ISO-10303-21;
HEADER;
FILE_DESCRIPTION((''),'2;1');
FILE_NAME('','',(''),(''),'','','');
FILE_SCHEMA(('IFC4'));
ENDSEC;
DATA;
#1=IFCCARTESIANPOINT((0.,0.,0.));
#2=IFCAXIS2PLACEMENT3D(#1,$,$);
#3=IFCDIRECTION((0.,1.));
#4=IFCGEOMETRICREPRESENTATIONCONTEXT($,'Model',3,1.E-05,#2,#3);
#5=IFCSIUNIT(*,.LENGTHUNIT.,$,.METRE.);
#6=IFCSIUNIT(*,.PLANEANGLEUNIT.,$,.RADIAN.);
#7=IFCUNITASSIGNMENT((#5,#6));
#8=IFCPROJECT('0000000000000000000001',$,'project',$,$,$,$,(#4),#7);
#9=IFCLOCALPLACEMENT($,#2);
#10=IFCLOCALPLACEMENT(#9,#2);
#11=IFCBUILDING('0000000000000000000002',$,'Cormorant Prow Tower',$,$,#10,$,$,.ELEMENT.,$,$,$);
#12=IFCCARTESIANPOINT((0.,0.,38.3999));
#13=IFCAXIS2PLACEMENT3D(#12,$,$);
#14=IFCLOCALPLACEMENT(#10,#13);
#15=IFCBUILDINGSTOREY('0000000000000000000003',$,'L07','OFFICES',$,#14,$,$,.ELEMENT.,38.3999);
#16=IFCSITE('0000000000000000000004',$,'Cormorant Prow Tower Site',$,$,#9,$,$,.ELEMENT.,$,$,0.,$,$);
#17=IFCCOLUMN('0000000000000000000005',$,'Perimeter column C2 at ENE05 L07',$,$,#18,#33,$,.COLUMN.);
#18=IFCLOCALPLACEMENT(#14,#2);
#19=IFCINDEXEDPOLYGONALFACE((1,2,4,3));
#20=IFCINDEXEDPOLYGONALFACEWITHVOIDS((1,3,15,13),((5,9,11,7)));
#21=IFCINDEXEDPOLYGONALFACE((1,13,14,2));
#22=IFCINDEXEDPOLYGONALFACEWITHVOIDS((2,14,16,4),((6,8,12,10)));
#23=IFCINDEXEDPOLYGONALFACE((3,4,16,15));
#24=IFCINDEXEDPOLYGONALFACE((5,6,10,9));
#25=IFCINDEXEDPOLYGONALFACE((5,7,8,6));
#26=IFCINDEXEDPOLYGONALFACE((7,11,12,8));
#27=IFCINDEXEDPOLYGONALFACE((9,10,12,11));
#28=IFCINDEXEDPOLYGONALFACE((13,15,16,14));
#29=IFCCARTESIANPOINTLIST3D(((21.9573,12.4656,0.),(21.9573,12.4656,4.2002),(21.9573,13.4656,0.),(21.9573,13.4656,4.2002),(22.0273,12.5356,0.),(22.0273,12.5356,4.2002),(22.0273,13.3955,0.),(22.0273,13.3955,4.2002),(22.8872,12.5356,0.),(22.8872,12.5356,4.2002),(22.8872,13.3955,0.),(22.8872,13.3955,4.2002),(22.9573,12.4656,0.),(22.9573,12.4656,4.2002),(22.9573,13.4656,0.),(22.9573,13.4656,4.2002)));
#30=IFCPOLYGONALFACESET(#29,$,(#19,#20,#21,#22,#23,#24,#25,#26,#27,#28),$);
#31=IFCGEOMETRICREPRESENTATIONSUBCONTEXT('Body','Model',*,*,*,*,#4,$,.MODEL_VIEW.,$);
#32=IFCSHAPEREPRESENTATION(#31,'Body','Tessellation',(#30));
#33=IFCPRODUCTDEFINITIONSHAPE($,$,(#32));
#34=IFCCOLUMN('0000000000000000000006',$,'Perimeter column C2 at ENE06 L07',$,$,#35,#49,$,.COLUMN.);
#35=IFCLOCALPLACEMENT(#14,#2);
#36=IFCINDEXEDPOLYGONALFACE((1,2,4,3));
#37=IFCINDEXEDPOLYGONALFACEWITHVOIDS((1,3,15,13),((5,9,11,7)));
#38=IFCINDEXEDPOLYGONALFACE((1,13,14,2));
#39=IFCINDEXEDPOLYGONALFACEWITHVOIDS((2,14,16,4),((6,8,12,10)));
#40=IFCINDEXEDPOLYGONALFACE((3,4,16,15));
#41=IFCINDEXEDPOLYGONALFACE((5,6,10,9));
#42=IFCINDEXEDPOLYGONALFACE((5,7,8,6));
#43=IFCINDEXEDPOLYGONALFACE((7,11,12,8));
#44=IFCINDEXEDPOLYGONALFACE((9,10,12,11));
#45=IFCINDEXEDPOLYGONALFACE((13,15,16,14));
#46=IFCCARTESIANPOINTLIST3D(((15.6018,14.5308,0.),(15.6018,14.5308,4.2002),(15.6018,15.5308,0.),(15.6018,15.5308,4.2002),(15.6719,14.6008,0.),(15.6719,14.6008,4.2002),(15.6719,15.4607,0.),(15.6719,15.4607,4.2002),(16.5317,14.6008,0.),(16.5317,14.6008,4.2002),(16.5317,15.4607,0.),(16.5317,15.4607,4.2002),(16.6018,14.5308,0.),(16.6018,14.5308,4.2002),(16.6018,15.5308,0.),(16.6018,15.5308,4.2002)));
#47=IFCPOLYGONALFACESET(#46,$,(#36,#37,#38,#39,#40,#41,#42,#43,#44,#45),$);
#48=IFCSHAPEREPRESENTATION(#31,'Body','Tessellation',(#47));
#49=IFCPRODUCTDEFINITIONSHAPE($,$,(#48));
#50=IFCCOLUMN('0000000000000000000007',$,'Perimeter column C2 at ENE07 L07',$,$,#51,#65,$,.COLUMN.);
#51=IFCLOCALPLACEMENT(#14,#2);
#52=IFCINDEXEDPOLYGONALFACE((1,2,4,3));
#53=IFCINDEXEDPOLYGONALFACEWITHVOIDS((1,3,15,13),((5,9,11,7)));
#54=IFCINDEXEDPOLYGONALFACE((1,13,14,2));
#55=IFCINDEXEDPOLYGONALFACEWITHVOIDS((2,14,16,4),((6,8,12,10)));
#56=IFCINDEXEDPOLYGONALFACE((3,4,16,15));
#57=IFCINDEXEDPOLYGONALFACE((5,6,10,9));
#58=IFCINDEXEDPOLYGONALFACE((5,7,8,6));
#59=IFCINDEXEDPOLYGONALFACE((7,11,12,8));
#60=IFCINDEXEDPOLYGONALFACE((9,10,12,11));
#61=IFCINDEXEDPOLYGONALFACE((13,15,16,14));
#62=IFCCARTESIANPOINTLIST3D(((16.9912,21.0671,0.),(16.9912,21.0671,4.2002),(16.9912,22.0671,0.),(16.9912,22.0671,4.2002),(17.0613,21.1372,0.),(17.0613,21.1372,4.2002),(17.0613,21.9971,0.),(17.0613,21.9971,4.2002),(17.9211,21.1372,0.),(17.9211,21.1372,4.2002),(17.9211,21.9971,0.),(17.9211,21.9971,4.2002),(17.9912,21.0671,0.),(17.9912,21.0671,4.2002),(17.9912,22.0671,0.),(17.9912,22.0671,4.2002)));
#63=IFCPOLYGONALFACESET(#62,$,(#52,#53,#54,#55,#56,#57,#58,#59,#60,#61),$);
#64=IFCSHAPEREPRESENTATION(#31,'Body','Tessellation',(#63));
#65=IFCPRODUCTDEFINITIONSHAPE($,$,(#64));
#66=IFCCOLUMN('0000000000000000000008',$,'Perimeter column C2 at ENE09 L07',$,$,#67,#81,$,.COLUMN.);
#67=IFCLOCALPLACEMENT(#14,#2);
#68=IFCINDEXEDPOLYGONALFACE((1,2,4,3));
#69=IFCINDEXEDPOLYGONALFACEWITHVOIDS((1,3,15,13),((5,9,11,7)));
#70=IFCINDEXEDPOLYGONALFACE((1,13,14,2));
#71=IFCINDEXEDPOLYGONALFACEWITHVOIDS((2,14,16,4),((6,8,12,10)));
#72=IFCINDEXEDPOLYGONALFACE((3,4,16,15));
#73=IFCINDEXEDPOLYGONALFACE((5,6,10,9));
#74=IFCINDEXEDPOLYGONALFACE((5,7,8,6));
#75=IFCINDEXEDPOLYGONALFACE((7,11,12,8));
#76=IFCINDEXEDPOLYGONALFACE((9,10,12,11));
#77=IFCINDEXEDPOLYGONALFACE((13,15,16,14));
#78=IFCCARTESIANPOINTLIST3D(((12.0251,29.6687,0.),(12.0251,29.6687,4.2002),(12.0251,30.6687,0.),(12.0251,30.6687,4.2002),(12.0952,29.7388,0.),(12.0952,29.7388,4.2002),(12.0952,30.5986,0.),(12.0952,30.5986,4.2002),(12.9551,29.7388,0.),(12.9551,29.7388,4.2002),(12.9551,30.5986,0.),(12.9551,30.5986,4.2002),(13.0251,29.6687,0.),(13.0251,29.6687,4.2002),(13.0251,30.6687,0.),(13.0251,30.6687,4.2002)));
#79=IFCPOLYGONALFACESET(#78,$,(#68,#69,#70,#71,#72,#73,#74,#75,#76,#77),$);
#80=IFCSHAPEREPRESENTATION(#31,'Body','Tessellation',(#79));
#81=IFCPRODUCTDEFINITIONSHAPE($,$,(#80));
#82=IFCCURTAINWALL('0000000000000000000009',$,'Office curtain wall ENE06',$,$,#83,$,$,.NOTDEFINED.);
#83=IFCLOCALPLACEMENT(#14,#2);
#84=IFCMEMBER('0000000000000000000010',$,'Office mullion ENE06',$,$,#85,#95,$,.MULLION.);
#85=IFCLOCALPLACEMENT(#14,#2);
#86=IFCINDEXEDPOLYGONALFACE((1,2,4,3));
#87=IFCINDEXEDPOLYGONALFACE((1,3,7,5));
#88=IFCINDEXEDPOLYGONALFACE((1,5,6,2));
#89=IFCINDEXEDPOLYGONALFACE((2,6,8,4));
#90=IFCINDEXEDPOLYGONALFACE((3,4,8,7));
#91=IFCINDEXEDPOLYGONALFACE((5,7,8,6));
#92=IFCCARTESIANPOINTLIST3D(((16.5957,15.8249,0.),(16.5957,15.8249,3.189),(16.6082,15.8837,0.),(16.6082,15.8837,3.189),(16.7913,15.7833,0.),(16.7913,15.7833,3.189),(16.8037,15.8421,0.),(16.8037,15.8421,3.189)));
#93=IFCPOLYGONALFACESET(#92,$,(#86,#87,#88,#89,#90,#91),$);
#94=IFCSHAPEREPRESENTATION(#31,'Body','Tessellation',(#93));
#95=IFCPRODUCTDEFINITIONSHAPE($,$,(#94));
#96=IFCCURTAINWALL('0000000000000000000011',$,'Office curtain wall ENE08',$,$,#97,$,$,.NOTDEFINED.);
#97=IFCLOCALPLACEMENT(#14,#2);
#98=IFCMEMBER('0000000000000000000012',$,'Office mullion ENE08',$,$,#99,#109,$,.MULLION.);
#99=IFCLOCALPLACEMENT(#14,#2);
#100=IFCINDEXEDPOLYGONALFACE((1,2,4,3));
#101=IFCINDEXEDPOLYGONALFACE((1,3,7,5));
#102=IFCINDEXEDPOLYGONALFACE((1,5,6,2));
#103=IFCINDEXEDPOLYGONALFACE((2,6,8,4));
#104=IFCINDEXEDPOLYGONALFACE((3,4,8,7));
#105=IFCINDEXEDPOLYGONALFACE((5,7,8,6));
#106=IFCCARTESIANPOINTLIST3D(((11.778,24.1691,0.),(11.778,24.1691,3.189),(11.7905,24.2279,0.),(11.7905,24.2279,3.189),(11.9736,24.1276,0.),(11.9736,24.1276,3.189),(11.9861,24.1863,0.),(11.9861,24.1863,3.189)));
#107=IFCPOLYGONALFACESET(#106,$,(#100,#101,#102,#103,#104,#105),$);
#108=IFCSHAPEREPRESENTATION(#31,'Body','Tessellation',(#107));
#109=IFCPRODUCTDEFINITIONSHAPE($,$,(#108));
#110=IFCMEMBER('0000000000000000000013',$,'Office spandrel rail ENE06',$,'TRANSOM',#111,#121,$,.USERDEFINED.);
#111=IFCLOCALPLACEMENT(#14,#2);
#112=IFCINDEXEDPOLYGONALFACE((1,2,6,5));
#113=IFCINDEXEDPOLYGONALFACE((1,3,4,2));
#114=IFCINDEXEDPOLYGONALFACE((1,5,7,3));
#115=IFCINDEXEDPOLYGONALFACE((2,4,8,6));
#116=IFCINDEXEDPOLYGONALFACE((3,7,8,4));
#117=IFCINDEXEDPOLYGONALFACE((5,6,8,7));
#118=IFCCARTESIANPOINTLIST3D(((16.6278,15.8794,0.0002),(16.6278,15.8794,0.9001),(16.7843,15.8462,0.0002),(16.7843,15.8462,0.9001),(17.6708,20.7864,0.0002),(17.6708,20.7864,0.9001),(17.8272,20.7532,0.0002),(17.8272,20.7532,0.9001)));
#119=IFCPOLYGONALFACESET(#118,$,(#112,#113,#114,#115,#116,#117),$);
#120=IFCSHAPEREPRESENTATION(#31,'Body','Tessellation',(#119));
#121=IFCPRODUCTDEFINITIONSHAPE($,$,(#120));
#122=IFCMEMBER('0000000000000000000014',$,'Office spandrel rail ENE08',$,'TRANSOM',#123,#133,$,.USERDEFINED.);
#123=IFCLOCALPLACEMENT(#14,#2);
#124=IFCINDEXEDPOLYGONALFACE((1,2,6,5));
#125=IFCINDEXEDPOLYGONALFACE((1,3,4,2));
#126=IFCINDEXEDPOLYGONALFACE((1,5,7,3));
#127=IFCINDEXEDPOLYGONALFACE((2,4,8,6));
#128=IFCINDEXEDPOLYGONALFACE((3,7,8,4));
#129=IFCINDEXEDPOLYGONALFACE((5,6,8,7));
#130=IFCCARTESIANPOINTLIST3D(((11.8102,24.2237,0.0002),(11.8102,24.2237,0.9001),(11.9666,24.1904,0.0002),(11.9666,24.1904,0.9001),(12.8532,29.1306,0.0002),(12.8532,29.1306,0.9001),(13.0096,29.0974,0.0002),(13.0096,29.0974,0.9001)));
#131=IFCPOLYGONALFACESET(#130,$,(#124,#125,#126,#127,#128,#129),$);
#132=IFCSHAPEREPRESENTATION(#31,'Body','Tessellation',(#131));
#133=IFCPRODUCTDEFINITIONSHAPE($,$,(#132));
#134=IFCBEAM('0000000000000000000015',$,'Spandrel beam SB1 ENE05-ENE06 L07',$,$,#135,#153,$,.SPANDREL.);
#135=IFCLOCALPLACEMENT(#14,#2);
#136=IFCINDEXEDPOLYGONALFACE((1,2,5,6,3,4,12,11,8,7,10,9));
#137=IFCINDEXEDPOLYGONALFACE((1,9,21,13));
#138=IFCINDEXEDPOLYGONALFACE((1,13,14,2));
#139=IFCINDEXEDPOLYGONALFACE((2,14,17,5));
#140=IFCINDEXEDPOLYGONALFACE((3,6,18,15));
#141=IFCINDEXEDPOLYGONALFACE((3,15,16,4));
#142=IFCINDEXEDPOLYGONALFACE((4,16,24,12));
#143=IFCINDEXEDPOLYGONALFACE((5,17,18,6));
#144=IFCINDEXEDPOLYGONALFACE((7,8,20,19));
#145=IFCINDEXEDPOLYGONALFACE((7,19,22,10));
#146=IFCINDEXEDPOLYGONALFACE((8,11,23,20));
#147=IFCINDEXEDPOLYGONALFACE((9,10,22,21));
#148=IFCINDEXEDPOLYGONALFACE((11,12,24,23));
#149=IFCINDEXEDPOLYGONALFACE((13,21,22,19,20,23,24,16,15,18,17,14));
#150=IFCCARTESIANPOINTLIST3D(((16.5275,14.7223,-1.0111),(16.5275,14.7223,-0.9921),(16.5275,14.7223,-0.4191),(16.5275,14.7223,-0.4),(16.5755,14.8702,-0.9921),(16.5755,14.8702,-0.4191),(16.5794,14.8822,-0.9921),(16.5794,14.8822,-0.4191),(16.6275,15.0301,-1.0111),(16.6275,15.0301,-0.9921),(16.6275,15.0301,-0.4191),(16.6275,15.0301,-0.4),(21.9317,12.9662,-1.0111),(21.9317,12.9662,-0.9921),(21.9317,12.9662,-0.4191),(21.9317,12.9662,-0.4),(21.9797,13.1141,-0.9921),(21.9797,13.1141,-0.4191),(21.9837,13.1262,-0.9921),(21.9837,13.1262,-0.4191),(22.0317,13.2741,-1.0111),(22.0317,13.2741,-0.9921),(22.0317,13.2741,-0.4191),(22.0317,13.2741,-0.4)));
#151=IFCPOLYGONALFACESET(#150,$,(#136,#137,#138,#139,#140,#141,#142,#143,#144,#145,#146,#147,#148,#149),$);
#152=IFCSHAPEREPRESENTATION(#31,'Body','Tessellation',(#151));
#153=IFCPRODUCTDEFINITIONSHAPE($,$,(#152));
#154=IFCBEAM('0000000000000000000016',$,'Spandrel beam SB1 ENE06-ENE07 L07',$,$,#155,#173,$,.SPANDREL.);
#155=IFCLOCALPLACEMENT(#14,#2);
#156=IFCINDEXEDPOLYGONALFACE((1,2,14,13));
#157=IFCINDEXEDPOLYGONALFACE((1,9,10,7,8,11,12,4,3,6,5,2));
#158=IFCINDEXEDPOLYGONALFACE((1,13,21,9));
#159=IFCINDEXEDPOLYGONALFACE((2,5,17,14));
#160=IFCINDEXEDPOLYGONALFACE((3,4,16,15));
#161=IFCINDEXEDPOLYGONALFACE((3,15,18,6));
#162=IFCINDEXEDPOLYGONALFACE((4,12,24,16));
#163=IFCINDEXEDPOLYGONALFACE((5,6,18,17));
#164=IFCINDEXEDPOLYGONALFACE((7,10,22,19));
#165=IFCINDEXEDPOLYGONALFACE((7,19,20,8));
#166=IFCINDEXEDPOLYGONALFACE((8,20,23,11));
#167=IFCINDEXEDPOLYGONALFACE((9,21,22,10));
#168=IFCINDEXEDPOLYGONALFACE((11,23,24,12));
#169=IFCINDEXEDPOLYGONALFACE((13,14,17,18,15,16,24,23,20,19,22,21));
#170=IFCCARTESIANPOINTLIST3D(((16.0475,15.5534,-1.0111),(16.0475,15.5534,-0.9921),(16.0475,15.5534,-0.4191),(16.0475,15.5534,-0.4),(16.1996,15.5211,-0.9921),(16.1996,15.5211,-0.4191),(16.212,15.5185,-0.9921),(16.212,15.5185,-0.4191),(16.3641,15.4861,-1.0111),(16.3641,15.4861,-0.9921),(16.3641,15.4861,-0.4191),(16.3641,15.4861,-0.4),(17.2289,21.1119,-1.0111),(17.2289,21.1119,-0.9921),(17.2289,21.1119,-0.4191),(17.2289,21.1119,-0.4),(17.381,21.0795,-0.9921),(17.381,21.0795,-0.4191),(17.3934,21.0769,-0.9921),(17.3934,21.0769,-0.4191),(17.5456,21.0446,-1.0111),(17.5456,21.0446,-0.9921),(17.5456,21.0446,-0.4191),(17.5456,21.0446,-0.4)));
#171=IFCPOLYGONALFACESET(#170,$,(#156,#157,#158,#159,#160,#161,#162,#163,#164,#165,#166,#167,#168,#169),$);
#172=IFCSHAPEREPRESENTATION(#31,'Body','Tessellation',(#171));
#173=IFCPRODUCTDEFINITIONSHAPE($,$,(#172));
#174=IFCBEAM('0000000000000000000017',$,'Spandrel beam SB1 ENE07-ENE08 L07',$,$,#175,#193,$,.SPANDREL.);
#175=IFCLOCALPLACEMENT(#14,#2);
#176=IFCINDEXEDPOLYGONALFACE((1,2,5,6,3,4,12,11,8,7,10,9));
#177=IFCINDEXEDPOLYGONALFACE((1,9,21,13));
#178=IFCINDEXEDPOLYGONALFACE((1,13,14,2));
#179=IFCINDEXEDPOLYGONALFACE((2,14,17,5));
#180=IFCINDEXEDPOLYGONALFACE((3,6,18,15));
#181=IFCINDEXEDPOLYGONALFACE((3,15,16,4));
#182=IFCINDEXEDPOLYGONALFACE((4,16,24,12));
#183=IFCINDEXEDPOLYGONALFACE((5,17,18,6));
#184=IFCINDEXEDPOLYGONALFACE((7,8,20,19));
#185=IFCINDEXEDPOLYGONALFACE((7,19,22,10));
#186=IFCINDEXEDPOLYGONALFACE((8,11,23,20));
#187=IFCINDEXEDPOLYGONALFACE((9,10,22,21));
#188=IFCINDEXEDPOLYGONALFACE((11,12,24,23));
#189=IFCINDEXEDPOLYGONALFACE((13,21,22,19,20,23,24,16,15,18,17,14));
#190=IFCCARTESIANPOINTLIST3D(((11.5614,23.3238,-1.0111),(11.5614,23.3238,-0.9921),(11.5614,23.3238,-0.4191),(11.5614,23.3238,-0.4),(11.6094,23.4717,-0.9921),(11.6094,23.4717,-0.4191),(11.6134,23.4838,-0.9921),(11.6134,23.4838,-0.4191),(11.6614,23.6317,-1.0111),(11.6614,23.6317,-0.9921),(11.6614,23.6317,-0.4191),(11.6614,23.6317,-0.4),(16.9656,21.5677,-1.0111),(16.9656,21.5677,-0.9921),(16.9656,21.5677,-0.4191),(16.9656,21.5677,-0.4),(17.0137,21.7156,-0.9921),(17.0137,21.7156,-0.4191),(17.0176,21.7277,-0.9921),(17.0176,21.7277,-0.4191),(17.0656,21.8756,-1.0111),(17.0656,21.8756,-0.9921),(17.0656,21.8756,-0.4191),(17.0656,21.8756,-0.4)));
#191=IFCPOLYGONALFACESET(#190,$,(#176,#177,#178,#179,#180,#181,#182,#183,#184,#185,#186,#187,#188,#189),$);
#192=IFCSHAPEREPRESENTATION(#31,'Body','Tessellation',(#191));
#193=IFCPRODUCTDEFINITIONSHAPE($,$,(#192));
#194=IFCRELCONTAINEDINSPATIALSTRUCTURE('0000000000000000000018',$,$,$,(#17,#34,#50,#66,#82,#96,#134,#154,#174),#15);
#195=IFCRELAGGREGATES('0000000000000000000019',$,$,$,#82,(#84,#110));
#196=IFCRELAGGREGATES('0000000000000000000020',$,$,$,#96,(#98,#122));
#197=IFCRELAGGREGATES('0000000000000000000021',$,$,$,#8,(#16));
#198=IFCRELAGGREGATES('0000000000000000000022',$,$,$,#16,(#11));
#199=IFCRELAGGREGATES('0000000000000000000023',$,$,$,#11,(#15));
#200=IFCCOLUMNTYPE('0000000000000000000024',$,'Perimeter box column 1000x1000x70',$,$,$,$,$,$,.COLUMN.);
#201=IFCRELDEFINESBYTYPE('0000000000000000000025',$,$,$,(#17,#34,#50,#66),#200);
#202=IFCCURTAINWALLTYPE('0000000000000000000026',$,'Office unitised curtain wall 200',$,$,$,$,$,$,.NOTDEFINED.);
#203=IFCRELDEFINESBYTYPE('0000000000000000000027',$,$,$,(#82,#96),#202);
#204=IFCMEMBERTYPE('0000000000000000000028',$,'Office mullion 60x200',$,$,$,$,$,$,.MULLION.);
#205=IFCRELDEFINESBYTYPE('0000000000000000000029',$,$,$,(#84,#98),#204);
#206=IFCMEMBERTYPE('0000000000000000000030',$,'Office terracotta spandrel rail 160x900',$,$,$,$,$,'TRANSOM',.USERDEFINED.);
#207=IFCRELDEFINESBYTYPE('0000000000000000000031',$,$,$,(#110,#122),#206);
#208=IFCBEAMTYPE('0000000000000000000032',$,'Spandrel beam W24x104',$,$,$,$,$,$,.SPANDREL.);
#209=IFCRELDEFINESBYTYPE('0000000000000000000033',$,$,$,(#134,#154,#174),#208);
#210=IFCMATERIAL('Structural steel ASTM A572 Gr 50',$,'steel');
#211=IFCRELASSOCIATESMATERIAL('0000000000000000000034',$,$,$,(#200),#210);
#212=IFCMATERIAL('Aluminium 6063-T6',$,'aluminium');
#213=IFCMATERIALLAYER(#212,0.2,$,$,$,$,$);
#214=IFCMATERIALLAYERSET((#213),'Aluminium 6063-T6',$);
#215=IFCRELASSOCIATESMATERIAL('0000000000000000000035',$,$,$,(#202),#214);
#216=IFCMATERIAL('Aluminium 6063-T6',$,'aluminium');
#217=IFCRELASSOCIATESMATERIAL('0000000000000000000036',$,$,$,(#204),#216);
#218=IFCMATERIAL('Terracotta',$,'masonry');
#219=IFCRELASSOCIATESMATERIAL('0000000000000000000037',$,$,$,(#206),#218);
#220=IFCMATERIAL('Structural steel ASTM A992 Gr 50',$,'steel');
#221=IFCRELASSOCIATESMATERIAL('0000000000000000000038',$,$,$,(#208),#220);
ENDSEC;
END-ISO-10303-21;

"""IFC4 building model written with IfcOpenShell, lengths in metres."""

from ifc_helpers import new_model, si_unit, direction, frame, origin, origin_2d, place, context, subcontext, project, spatial, rectangle, hollow_rectangle, i_section, extrude, material, layer, layer_set, material_profile, profile_set, type_object, element, aggregate, save


model = new_model("IFC4")

# Units and contexts
model_context = context("Model", 3, precision=1e-05, world=origin(), true_north=direction((0.0, 1.0)))
body_context = subcontext(model_context, "Body", "Model", "MODEL_VIEW")
ifc_project = project(units=[si_unit("LENGTHUNIT", "METRE"), si_unit("PLANEANGLEUNIT", "RADIAN")], contexts=[model_context])

# Site, building, storey
site_placement = place(None, origin())
site = spatial("IfcSite", under=ifc_project, at=site_placement, Name="Cormorant Prow Tower Site", CompositionType="ELEMENT", RefElevation=0.0)
building_placement = place(site_placement, origin())
building = spatial("IfcBuilding", under=site, at=building_placement, Name="Cormorant Prow Tower", CompositionType="ELEMENT")
storey_placement = place(building_placement, frame((0.0, 0.0, 38.3999)))
storey = spatial("IfcBuildingStorey", under=building, at=storey_placement, Name="L07", Description="OFFICES", CompositionType="ELEMENT", Elevation=38.3999)

# Columns
ifc_material_1 = material(Name="Structural steel ASTM A572 Gr 50", Category="steel")
ifc_material_profile_1 = material_profile(ifc_material_1, hollow_rectangle(XDim=1.0, YDim=1.0, WallThickness=0.0701, at=origin_2d()), Name="Box 1000x1000x70")
ifc_profile_set_1 = profile_set([ifc_material_profile_1], Name="Structural steel ASTM A572 Gr 50")
column_type = type_object("IfcColumnType", Name="Perimeter box column 1000x1000x70", PredefinedType="COLUMN", material=ifc_profile_set_1)
for number, where, z_axis, x_axis, name in (
    (1, (22.4573, 12.9656, 0.0), (0.0, 0.0, 1.0), (1.0, 0.0, 0.0), "Perimeter column C2 at ENE05 L07"),
    (2, (16.1018, 15.0308, 0.0), (0.0, 0.0, 1.0), (1.0, 0.0, 0.0), "Perimeter column C2 at ENE06 L07"),
    (3, (17.4912, 21.5671, 0.0), (0.0, 0.0, 1.0), (1.0, 0.0, 0.0), "Perimeter column C2 at ENE07 L07"),
    (4, (12.5251, 30.1687, 0.0), (0.0, 0.0, 1.0), (1.0, 0.0, 0.0), "Perimeter column C2 at ENE09 L07"),
):
    element("IfcColumn", number, at=place(storey_placement, frame(where, z_axis=z_axis, x_axis=x_axis)), inside=storey, type_object=column_type, Name=name, PredefinedType="COLUMN", context=body_context, shape_type="SweptSolid", body=[
        extrude(hollow_rectangle(XDim=1.0, YDim=1.0, WallThickness=0.0701, at=origin_2d()), origin(), (0.0, 0.0, 1.0), 4.2002),
    ])

# Curtain walls, members
ifc_material_2 = material(Name="Aluminium 6063-T6", Category="aluminium")
ifc_layer_1 = layer(ifc_material_2, 0.2)
ifc_layer_set_1 = layer_set([ifc_layer_1], Name="Aluminium 6063-T6")
curtain_wall_type = type_object("IfcCurtainWallType", Name="Office unitised curtain wall 200", PredefinedType="NOTDEFINED", material=ifc_layer_set_1)
curtain_wall_1_placement = place(storey_placement, origin())
curtain_wall_1 = element("IfcCurtainWall", 5, at=curtain_wall_1_placement, inside=storey, type_object=curtain_wall_type, Name="Office curtain wall ENE06", PredefinedType="NOTDEFINED")
ifc_material_3 = material(Name="Aluminium 6063-T6", Category="aluminium")
ifc_material_profile_2 = material_profile(ifc_material_3, rectangle(XDim=0.2, YDim=0.0601, at=origin_2d()), Name="Office mullion 60x200")
ifc_profile_set_2 = profile_set([ifc_material_profile_2], Name="Aluminium 6063-T6")
member_type_1 = type_object("IfcMemberType", Name="Office mullion 60x200", PredefinedType="MULLION", material=ifc_profile_set_2)
member_1_placement = place(storey_placement, frame((16.6997, 15.8335, 0.0), z_axis=(0.0, 0.0, 1.0), x_axis=(-0.978148, 0.207912, 0.0)))
member_1 = element("IfcMember", 6, at=member_1_placement, type_object=member_type_1, Name="Office mullion ENE06", PredefinedType="MULLION", context=body_context, shape_type="SweptSolid", body=[
    extrude(rectangle(XDim=0.2, YDim=0.0601, at=origin_2d()), origin(), (0.0, 0.0, 1.0), 3.189),
])
curtain_wall_2_placement = place(storey_placement, origin())
curtain_wall_2 = element("IfcCurtainWall", 7, at=curtain_wall_2_placement, inside=storey, type_object=curtain_wall_type, Name="Office curtain wall ENE08", PredefinedType="NOTDEFINED")
member_2_placement = place(storey_placement, frame((11.8821, 24.1777, 0.0), z_axis=(0.0, 0.0, 1.0), x_axis=(-0.978148, 0.207912, 0.0)))
member_2 = element("IfcMember", 8, at=member_2_placement, type_object=member_type_1, Name="Office mullion ENE08", PredefinedType="MULLION", context=body_context, shape_type="SweptSolid", body=[
    extrude(rectangle(XDim=0.2, YDim=0.0601, at=origin_2d()), origin(), (0.0, 0.0, 1.0), 3.189),
])

# Members
ifc_material_4 = material(Name="Terracotta", Category="masonry")
ifc_material_profile_3 = material_profile(ifc_material_4, rectangle(XDim=0.1599, YDim=0.8999, at=origin_2d()), Name="Office terracotta spandrel rail 160x900")
ifc_profile_set_3 = profile_set([ifc_material_profile_3], Name="Terracotta")
member_type_2 = type_object("IfcMemberType", Name="Office terracotta spandrel rail 160x900", ElementType="TRANSOM", PredefinedType="USERDEFINED", material=ifc_profile_set_3)
member_3_placement = place(storey_placement, frame((16.7061, 15.8628, 0.4502), z_axis=(0.207904, 0.978149, 0.0), x_axis=(-0.978149, 0.207904, 0.0)))
member_3 = element("IfcMember", 9, at=member_3_placement, type_object=member_type_2, Name="Office spandrel rail ENE06", ObjectType="TRANSOM", PredefinedType="USERDEFINED", context=body_context, shape_type="SweptSolid", body=[
    extrude(rectangle(XDim=0.1599, YDim=0.8999, at=origin_2d()), origin(), (0.0, 0.0, 1.0), 5.0166),
])
member_4_placement = place(storey_placement, frame((11.8884, 24.207, 0.4502), z_axis=(0.207904, 0.978149, 0.0), x_axis=(-0.978149, 0.207904, 0.0)))
member_4 = element("IfcMember", 10, at=member_4_placement, type_object=member_type_2, Name="Office spandrel rail ENE08", ObjectType="TRANSOM", PredefinedType="USERDEFINED", context=body_context, shape_type="SweptSolid", body=[
    extrude(rectangle(XDim=0.1599, YDim=0.8999, at=origin_2d()), origin(), (0.0, 0.0, 1.0), 5.0166),
])

# Beams
ifc_material_5 = material(Name="Structural steel ASTM A992 Gr 50", Category="steel")
ifc_material_profile_4 = material_profile(ifc_material_5, i_section(OverallWidth=0.3237, OverallDepth=0.6111, WebThickness=0.0127, FlangeThickness=0.019, at=origin_2d()), Name="W24x104")
ifc_profile_set_4 = profile_set([ifc_material_profile_4], Name="Structural steel ASTM A992 Gr 50")
beam_type = type_object("IfcBeamType", Name="Spandrel beam W24x104", PredefinedType="SPANDREL", material=ifc_profile_set_4)
beam_1_placement = place(storey_placement, frame((21.9817, 13.1201, -0.7056), z_axis=(-0.951049, 0.309039, 0.0), x_axis=(-0.309039, -0.951049, 0.0)))
element("IfcBeam", 11, at=beam_1_placement, inside=storey, type_object=beam_type, Name="Spandrel beam SB1 ENE05-ENE06 L07", PredefinedType="SPANDREL", context=body_context, shape_type="SweptSolid", body=[
    extrude(i_section(OverallWidth=0.3237, OverallDepth=0.6111, WebThickness=0.0127, FlangeThickness=0.019, at=origin_2d()), origin(), (0.0, 0.0, 1.0), 5.6824),
])
beam_2_placement = place(storey_placement, frame((16.2058, 15.5198, -0.7056), z_axis=(0.2079, 0.97815, 0.0), x_axis=(-0.97815, 0.2079, 0.0)))
element("IfcBeam", 12, at=beam_2_placement, inside=storey, type_object=beam_type, Name="Spandrel beam SB1 ENE06-ENE07 L07", PredefinedType="SPANDREL", context=body_context, shape_type="SweptSolid", body=[
    extrude(i_section(OverallWidth=0.3237, OverallDepth=0.6111, WebThickness=0.0127, FlangeThickness=0.019, at=origin_2d()), origin(), (0.0, 0.0, 1.0), 5.6826),
])
beam_3_placement = place(storey_placement, frame((17.0156, 21.7217, -0.7056), z_axis=(-0.951049, 0.309039, 0.0), x_axis=(-0.309039, -0.951049, 0.0)))
element("IfcBeam", 13, at=beam_3_placement, inside=storey, type_object=beam_type, Name="Spandrel beam SB1 ENE07-ENE08 L07", PredefinedType="SPANDREL", context=body_context, shape_type="SweptSolid", body=[
    extrude(i_section(OverallWidth=0.3237, OverallDepth=0.6111, WebThickness=0.0127, FlangeThickness=0.019, at=origin_2d()), origin(), (0.0, 0.0, 1.0), 5.6824),
])

aggregate(curtain_wall_1, [member_1, member_3])
aggregate(curtain_wall_2, [member_2, member_4])

save(model, "model.ifc")
